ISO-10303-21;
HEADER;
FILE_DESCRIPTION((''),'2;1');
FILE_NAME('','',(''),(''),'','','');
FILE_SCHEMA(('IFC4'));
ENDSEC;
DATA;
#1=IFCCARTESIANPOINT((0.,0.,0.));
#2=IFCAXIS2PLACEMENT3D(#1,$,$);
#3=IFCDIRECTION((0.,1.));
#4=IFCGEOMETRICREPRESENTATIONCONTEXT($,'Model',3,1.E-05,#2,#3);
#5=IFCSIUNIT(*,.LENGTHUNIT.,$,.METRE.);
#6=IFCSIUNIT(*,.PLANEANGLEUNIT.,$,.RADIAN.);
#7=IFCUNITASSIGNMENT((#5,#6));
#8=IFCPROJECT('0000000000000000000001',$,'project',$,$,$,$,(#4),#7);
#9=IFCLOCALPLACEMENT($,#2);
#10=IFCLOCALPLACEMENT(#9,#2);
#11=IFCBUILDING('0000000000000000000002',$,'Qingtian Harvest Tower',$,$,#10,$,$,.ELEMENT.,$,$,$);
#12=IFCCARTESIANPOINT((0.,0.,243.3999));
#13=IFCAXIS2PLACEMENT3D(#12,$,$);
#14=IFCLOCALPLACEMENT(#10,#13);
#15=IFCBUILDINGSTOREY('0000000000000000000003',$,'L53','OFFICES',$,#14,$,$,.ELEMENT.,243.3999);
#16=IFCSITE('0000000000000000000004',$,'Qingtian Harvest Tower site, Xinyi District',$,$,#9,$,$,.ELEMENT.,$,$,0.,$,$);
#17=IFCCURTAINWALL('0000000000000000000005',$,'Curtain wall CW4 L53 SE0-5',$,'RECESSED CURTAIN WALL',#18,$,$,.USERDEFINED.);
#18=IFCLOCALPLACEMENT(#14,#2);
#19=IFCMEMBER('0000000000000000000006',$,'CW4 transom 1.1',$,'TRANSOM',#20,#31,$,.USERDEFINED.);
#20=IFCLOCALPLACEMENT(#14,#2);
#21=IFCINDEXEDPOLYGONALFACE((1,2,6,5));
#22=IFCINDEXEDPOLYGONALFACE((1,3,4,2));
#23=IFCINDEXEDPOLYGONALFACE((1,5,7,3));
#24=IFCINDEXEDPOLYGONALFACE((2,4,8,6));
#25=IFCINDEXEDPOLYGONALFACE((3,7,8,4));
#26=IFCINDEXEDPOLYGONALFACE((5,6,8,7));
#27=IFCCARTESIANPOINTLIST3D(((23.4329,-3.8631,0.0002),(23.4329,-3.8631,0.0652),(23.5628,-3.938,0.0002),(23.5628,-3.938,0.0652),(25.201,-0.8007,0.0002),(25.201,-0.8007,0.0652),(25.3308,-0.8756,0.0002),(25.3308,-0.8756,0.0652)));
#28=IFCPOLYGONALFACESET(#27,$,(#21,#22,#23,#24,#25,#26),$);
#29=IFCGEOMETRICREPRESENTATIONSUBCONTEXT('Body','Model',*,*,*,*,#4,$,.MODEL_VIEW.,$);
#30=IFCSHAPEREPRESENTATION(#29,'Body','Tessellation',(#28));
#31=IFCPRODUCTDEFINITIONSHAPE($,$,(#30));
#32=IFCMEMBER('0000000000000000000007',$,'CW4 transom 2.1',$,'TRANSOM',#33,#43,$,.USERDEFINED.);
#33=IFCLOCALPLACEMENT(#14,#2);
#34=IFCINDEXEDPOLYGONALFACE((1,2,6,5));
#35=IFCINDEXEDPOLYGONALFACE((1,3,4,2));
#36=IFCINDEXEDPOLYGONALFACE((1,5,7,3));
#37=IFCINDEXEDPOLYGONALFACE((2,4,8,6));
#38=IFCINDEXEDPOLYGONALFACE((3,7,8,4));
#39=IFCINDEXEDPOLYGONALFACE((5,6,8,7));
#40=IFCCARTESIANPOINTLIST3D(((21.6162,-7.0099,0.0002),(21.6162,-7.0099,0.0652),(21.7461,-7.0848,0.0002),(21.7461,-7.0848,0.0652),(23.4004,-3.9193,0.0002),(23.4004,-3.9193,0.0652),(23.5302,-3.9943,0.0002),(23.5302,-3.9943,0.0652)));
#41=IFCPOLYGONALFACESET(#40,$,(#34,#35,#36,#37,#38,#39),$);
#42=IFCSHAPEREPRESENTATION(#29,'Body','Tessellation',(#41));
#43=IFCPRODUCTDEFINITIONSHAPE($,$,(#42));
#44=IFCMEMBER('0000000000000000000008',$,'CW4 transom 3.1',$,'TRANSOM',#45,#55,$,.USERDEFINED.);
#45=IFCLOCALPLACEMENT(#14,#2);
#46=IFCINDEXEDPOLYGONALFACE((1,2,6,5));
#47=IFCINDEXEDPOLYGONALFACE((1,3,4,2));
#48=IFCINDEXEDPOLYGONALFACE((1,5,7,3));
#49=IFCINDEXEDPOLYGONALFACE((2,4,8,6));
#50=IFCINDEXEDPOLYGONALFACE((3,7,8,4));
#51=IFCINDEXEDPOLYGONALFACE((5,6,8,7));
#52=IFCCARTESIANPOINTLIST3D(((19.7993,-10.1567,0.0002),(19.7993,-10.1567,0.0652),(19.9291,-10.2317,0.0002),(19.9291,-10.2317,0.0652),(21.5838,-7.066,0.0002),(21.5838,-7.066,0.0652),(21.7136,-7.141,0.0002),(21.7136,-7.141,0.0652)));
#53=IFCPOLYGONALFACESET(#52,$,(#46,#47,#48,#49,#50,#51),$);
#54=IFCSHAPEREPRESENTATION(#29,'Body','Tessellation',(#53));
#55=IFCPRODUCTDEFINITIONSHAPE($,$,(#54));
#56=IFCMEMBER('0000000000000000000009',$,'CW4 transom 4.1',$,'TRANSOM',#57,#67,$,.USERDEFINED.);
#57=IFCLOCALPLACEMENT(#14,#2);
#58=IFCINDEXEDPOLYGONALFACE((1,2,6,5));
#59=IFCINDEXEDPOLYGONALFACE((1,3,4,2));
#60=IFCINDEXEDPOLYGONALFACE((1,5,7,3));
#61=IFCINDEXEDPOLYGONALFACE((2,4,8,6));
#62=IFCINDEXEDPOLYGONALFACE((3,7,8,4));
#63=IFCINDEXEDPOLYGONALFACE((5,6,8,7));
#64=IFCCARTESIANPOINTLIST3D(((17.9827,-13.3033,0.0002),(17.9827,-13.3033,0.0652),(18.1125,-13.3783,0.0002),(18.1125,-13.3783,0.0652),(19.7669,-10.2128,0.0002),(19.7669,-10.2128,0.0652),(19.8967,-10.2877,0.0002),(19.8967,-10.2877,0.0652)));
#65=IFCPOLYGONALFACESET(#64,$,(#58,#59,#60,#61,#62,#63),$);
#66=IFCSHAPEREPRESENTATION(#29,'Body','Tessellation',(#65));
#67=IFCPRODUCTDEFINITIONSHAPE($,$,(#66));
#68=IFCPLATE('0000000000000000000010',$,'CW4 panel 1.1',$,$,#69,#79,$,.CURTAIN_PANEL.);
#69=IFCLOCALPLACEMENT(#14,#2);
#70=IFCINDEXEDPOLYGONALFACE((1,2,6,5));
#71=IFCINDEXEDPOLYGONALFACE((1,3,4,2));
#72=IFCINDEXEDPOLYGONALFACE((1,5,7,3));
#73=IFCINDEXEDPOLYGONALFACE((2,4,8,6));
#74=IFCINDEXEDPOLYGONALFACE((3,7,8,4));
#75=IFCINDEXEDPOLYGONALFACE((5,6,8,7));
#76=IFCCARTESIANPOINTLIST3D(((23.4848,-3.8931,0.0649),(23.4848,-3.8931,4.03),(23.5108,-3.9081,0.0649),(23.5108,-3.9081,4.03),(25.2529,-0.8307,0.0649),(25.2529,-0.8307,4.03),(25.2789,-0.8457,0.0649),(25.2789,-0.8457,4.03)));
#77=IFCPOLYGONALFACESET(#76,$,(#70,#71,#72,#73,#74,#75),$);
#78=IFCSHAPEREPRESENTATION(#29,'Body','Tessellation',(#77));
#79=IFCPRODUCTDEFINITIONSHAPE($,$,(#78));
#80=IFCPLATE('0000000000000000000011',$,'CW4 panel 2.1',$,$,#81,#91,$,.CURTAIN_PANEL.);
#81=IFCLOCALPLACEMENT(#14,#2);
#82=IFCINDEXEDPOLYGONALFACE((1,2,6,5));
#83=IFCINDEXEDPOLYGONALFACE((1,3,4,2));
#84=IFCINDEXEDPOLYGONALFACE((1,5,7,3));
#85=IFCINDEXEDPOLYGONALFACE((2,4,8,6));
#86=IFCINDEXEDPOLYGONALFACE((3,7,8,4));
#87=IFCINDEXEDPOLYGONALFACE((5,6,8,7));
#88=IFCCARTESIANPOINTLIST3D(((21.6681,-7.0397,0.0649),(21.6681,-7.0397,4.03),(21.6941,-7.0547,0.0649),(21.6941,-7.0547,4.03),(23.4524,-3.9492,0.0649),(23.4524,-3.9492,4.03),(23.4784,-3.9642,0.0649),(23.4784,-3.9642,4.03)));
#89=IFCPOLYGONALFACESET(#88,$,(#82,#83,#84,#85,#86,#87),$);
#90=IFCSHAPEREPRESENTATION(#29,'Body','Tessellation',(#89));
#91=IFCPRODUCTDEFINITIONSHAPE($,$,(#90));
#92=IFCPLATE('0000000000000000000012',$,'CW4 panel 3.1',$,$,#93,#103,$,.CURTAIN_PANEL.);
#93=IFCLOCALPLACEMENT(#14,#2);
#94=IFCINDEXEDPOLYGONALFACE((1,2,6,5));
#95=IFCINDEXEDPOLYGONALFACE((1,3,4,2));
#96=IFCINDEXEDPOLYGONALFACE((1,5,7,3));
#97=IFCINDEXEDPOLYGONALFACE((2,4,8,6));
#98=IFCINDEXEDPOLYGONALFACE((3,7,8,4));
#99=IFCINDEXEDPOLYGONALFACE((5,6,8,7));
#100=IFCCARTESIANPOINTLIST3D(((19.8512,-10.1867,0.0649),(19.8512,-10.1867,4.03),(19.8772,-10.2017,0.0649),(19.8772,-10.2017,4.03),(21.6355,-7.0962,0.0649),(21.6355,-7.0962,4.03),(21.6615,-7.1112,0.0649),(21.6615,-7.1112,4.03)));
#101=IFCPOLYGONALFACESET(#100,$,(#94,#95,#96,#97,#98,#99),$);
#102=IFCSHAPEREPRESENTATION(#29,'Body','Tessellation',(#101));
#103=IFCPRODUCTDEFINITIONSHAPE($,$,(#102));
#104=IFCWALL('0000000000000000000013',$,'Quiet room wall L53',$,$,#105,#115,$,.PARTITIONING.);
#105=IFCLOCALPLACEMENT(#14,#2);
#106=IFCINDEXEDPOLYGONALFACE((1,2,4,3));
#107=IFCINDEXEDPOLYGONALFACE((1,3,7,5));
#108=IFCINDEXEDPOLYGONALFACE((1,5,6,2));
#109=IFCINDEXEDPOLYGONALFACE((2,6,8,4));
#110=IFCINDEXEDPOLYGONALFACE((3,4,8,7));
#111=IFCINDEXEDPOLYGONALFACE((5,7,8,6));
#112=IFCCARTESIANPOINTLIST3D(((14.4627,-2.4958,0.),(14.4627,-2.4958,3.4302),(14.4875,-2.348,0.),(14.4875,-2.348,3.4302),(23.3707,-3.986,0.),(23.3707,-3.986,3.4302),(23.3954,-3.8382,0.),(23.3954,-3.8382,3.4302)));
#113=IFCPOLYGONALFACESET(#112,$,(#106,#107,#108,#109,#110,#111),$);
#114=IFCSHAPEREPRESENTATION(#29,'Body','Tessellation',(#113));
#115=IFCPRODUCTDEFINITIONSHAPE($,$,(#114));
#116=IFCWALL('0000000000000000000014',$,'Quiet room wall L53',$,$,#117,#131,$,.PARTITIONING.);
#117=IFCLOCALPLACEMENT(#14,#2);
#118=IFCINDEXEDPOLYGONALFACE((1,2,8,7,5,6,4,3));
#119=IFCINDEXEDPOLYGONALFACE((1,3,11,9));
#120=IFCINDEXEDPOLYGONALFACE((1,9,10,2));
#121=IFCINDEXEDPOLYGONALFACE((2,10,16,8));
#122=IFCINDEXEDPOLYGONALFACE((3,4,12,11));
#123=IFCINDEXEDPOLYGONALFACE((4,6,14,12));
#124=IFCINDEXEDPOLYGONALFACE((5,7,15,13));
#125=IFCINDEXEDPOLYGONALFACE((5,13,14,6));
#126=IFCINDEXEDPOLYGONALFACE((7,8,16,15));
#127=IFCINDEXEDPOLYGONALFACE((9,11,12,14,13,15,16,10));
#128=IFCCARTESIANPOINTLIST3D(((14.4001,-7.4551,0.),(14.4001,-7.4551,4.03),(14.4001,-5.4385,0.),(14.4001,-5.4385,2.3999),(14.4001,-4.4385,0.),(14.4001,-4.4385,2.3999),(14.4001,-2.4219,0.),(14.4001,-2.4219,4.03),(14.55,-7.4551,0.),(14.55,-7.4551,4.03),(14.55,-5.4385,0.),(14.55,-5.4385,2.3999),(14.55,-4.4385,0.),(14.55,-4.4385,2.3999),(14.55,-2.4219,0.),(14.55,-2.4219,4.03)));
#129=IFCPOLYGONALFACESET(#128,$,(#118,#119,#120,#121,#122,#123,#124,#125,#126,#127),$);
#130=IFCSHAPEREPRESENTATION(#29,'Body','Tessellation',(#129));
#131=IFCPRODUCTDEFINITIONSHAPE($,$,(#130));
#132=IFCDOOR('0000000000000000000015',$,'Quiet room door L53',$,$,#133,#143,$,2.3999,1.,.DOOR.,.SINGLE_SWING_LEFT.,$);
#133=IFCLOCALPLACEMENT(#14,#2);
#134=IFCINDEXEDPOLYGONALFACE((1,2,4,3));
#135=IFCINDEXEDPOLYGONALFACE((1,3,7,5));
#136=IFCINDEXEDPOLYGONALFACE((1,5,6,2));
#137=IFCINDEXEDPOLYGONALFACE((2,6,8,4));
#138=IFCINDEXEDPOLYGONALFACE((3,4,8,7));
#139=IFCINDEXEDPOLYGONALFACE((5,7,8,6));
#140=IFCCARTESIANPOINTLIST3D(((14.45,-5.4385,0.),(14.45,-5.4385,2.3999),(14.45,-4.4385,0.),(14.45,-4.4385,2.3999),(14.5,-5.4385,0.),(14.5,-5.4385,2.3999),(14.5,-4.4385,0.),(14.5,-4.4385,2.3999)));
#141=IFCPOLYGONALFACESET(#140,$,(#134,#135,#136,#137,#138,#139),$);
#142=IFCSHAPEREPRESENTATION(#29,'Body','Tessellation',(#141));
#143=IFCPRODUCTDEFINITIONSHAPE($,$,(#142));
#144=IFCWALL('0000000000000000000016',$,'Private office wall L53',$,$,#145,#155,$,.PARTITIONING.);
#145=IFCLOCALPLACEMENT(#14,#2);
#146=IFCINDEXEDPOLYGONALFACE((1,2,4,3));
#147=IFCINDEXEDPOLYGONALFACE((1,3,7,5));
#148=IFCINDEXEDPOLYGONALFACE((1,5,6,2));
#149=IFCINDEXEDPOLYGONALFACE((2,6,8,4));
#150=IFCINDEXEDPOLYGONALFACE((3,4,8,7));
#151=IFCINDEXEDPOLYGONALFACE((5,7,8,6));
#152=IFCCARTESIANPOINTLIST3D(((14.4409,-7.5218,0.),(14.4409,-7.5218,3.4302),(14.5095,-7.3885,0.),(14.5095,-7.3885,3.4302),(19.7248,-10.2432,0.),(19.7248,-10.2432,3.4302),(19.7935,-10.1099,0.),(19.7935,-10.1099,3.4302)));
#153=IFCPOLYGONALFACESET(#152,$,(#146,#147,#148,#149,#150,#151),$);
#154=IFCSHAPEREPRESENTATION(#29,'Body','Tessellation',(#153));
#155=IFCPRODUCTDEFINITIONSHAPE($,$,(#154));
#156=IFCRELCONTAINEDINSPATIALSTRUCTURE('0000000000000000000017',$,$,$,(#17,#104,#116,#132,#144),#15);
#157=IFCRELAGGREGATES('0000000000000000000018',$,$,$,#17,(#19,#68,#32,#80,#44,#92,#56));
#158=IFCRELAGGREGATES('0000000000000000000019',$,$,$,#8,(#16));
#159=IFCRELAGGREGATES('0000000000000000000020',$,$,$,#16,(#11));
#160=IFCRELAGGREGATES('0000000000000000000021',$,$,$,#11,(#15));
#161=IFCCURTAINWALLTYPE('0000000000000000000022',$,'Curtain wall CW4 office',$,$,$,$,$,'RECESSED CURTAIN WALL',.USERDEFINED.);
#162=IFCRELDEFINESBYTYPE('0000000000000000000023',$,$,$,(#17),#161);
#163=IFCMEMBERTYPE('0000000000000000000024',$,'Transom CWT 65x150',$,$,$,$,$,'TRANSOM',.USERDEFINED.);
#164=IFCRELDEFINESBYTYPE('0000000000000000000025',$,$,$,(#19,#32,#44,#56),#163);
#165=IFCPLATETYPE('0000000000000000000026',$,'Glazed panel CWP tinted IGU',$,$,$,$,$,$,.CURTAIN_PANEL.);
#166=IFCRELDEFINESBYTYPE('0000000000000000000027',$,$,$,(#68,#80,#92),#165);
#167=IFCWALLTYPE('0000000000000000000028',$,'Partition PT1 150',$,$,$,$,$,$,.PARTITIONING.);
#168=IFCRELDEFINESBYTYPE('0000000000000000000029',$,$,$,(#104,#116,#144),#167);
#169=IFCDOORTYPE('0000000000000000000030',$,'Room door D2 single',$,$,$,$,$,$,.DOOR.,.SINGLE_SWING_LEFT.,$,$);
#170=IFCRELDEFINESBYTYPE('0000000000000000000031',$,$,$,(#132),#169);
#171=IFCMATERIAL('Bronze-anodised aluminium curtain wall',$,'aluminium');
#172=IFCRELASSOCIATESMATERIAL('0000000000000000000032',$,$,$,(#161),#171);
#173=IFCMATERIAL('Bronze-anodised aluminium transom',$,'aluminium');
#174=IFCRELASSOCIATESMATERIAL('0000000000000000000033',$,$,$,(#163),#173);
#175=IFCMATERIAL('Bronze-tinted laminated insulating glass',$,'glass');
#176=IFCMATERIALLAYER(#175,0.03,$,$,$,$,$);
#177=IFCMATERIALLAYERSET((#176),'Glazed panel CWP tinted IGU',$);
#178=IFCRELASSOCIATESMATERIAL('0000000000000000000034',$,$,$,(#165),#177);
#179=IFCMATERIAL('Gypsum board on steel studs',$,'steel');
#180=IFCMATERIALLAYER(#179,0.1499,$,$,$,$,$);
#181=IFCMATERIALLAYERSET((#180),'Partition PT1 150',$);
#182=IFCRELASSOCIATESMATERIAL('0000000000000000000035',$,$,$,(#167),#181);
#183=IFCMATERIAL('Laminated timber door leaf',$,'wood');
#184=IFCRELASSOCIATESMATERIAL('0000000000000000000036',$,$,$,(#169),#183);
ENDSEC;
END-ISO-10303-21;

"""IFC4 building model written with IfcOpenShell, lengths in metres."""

from ifc_helpers import new_model, si_unit, direction, frame, frame_2d, origin, origin_2d, place, context, subcontext, project, spatial, rectangle, extrude, material, layer, layer_set, material_profile, profile_set, type_object, element, fill, aggregate, save


model = new_model("IFC4")

# Units and contexts
model_context = context("Model", 3, precision=1e-05, world=origin(), true_north=direction((0.0, 1.0)))
body_context = subcontext(model_context, "Body", "Model", "MODEL_VIEW")
ifc_project = project(units=[si_unit("LENGTHUNIT", "METRE"), si_unit("PLANEANGLEUNIT", "RADIAN")], contexts=[model_context])

# Site, building, storey
site_placement = place(None, origin())
site = spatial("IfcSite", under=ifc_project, at=site_placement, Name="Qingtian Harvest Tower site, Xinyi District", CompositionType="ELEMENT", RefElevation=0.0)
building_placement = place(site_placement, origin())
building = spatial("IfcBuilding", under=site, at=building_placement, Name="Qingtian Harvest Tower", CompositionType="ELEMENT")
storey_placement = place(building_placement, frame((0.0, 0.0, 243.3999)))
storey = spatial("IfcBuildingStorey", under=building, at=storey_placement, Name="L53", Description="OFFICES", CompositionType="ELEMENT", Elevation=243.3999)

# Shared definitions
ifc_material_1 = material(Name="Bronze-anodised aluminium curtain wall", Category="aluminium")
curtain_wall_type = type_object("IfcCurtainWallType", Name="Curtain wall CW4 office", ElementType="RECESSED CURTAIN WALL", PredefinedType="USERDEFINED", material=ifc_material_1)

# Curtain wall
curtain_wall_1_placement = place(storey_placement, origin())
curtain_wall_1 = element("IfcCurtainWall", 1, at=curtain_wall_1_placement, inside=storey, type_object=curtain_wall_type, Name="Curtain wall CW4 L53 SE0-5", ObjectType="RECESSED CURTAIN WALL", PredefinedType="USERDEFINED")

# Members
ifc_material_2 = material(Name="Bronze-anodised aluminium transom", Category="aluminium")
ifc_material_profile_1 = material_profile(ifc_material_2, rectangle(XDim=0.1499, YDim=0.0649, at=origin_2d()), Name="AL 65x150")
ifc_profile_set_1 = profile_set([ifc_material_profile_1], Name="Bronze-anodised aluminium transom")
member_type_1 = type_object("IfcMemberType", Name="Transom CWT 65x150", ElementType="TRANSOM", PredefinedType="USERDEFINED", material=ifc_profile_set_1)
member_1_placement = place(storey_placement, frame((25.2659, -0.8381, 0.0327), z_axis=(-0.499985, -0.866034, 0.0), x_axis=(0.866034, -0.499985, 0.0)))
member_1 = element("IfcMember", 2, at=member_1_placement, type_object=member_type_1, Name="CW4 transom 1.1", ObjectType="TRANSOM", PredefinedType="USERDEFINED", context=body_context, shape_type="SweptSolid", body=[
    extrude(rectangle(XDim=0.1499, YDim=0.0649, at=origin_2d()), origin(), (0.0, 0.0, 1.0), 3.5361),
])
member_2_placement = place(storey_placement, frame((23.4653, -3.9568, 0.0327), z_axis=(-0.499965, -0.866045, 0.0), x_axis=(0.866045, -0.499965, 0.0)))
member_2 = element("IfcMember", 3, at=member_2_placement, type_object=member_type_1, Name="CW4 transom 2.1", ObjectType="TRANSOM", PredefinedType="USERDEFINED", context=body_context, shape_type="SweptSolid", body=[
    extrude(rectangle(XDim=0.1499, YDim=0.0649, at=origin_2d()), origin(), (0.0, 0.0, 1.0), 3.5686),
])
member_3_placement = place(storey_placement, frame((21.6487, -7.1035, 0.0327), z_axis=(-0.500017, -0.866016, 0.0), x_axis=(0.866016, -0.500017, 0.0)))
member_3 = element("IfcMember", 4, at=member_3_placement, type_object=member_type_1, Name="CW4 transom 3.1", ObjectType="TRANSOM", PredefinedType="USERDEFINED", context=body_context, shape_type="SweptSolid", body=[
    extrude(rectangle(XDim=0.1499, YDim=0.0649, at=origin_2d()), origin(), (0.0, 0.0, 1.0), 3.5688),
])
member_4_placement = place(storey_placement, frame((19.8318, -10.2502, 0.0327), z_axis=(-0.499965, -0.866045, 0.0), x_axis=(0.866045, -0.499965, 0.0)))
member_4 = element("IfcMember", 5, at=member_4_placement, type_object=member_type_1, Name="CW4 transom 4.1", ObjectType="TRANSOM", PredefinedType="USERDEFINED", context=body_context, shape_type="SweptSolid", body=[
    extrude(rectangle(XDim=0.1499, YDim=0.0649, at=origin_2d()), origin(), (0.0, 0.0, 1.0), 3.5686),
])

# Plates
ifc_material_3 = material(Name="Bronze-tinted laminated insulating glass", Category="glass")
ifc_layer_1 = layer(ifc_material_3, 0.03)
ifc_layer_set_1 = layer_set([ifc_layer_1], Name="Glazed panel CWP tinted IGU")
plate_type = type_object("IfcPlateType", Name="Glazed panel CWP tinted IGU", PredefinedType="CURTAIN_PANEL", material=ifc_layer_set_1)
plate_1_placement = place(storey_placement, frame((24.3818, -2.3694, 0.0649), z_axis=(0.0, 0.0, 1.0), x_axis=(-0.5, -0.866025, 0.0)))
plate_1 = element("IfcPlate", 6, at=plate_1_placement, type_object=plate_type, Name="CW4 panel 1.1", PredefinedType="CURTAIN_PANEL", context=body_context, shape_type="SweptSolid", body=[
    extrude(rectangle(XDim=3.5361, YDim=0.03, at=origin_2d()), origin(), (0.0, 0.0, 1.0), 3.9651),
])
plate_2_placement = place(storey_placement, frame((22.5732, -5.502, 0.0649), z_axis=(0.0, 0.0, 1.0), x_axis=(-0.5, -0.866025, 0.0)))
plate_2 = element("IfcPlate", 7, at=plate_2_placement, type_object=plate_type, Name="CW4 panel 2.1", PredefinedType="CURTAIN_PANEL", context=body_context, shape_type="SweptSolid", body=[
    extrude(rectangle(XDim=3.5686, YDim=0.03, at=origin_2d()), origin(), (0.0, 0.0, 1.0), 3.9651),
])
plate_3_placement = place(storey_placement, frame((20.7563, -8.6489, 0.0649), z_axis=(0.0, 0.0, 1.0), x_axis=(-0.5, -0.866025, 0.0)))
plate_3 = element("IfcPlate", 8, at=plate_3_placement, type_object=plate_type, Name="CW4 panel 3.1", PredefinedType="CURTAIN_PANEL", context=body_context, shape_type="SweptSolid", body=[
    extrude(rectangle(XDim=3.5686, YDim=0.03, at=origin_2d()), origin(), (0.0, 0.0, 1.0), 3.9651),
])
aggregate(curtain_wall_1, [member_1, plate_1, member_2, plate_2, member_3, plate_3, member_4])

# Wall
ifc_material_4 = material(Name="Gypsum board on steel studs", Category="steel")
ifc_layer_2 = layer(ifc_material_4, 0.1499)
ifc_layer_set_2 = layer_set([ifc_layer_2], Name="Partition PT1 150")
wall_type = type_object("IfcWallType", Name="Partition PT1 150", PredefinedType="PARTITIONING", material=ifc_layer_set_2)
wall_1_placement = place(storey_placement, frame((23.3831, -3.9121, 0.0), z_axis=(0.0, 0.0, 1.0), x_axis=(-0.986294, 0.164999, 0.0)))
element("IfcWall", 9, at=wall_1_placement, inside=storey, type_object=wall_type, Name="Quiet room wall L53", PredefinedType="PARTITIONING", context=body_context, shape_type="SweptSolid", body=[
    extrude(rectangle(XDim=9.0317, YDim=0.1499, at=frame_2d((4.5159, 0.0))), origin(), (0.0, 0.0, 1.0), 3.4302),
])

# Wall, opening, door
wall_2_placement = place(storey_placement, frame((14.4751, -2.4219, 0.0), z_axis=(0.0, 0.0, 1.0), x_axis=(0.0, -1.0, 0.0)))
wall_2 = element("IfcWall", 10, at=wall_2_placement, inside=storey, type_object=wall_type, Name="Quiet room wall L53", PredefinedType="PARTITIONING", context=body_context, shape_type="SweptSolid", body=[
    extrude(rectangle(XDim=5.0332, YDim=0.1499, at=frame_2d((2.5166, 0.0))), origin(), (0.0, 0.0, 1.0), 4.03),
])
opening_1_placement = place(wall_2_placement, frame((2.0166, 0.0, 0.0)))
opening_1 = element("IfcOpeningElement", 11, at=opening_1_placement, cuts=wall_2, PredefinedType="OPENING", context=body_context, shape_type="SweptSolid", body=[
    extrude(rectangle(XDim=1.0, YDim=2.3999, at=frame_2d((0.5, 1.2))), frame((0.0, 0.085, 0.0), z_axis=(0.0, -1.0, 0.0), x_axis=(1.0, 0.0, 0.0)), (0.0, 0.0, 1.0), 0.1699),
])
ifc_material_5 = material(Name="Laminated timber door leaf", Category="wood")
door_type = type_object("IfcDoorType", Name="Room door D2 single", OperationType="SINGLE_SWING_LEFT", PredefinedType="DOOR", material=ifc_material_5)
door_1_placement = place(opening_1_placement, origin())
door_1 = element("IfcDoor", 12, at=door_1_placement, inside=storey, type_object=door_type, Name="Quiet room door L53", OperationType="SINGLE_SWING_LEFT", OverallHeight=2.3999, OverallWidth=1.0, PredefinedType="DOOR", context=body_context, shape_type="SweptSolid", body=[
    extrude(rectangle(XDim=1.0, YDim=2.3999, at=frame_2d((0.5, 1.2))), frame((0.0, 0.0249, 0.0), z_axis=(0.0, -1.0, 0.0), x_axis=(1.0, 0.0, 0.0)), (0.0, 0.0, 1.0), 0.05),
])
fill(opening_1, door_1)

# Wall
wall_3_placement = place(storey_placement, frame((19.759, -10.1765, 0.0), z_axis=(0.0, 0.0, 1.0), x_axis=(-0.889015, 0.457878, 0.0)))
element("IfcWall", 13, at=wall_3_placement, inside=storey, type_object=wall_type, Name="Private office wall L53", PredefinedType="PARTITIONING", context=body_context, shape_type="SweptSolid", body=[
    extrude(rectangle(XDim=5.9436, YDim=0.1499, at=frame_2d((2.9717, 0.0))), origin(), (0.0, 0.0, 1.0), 3.4302),
])

save(model, "model.ifc")
